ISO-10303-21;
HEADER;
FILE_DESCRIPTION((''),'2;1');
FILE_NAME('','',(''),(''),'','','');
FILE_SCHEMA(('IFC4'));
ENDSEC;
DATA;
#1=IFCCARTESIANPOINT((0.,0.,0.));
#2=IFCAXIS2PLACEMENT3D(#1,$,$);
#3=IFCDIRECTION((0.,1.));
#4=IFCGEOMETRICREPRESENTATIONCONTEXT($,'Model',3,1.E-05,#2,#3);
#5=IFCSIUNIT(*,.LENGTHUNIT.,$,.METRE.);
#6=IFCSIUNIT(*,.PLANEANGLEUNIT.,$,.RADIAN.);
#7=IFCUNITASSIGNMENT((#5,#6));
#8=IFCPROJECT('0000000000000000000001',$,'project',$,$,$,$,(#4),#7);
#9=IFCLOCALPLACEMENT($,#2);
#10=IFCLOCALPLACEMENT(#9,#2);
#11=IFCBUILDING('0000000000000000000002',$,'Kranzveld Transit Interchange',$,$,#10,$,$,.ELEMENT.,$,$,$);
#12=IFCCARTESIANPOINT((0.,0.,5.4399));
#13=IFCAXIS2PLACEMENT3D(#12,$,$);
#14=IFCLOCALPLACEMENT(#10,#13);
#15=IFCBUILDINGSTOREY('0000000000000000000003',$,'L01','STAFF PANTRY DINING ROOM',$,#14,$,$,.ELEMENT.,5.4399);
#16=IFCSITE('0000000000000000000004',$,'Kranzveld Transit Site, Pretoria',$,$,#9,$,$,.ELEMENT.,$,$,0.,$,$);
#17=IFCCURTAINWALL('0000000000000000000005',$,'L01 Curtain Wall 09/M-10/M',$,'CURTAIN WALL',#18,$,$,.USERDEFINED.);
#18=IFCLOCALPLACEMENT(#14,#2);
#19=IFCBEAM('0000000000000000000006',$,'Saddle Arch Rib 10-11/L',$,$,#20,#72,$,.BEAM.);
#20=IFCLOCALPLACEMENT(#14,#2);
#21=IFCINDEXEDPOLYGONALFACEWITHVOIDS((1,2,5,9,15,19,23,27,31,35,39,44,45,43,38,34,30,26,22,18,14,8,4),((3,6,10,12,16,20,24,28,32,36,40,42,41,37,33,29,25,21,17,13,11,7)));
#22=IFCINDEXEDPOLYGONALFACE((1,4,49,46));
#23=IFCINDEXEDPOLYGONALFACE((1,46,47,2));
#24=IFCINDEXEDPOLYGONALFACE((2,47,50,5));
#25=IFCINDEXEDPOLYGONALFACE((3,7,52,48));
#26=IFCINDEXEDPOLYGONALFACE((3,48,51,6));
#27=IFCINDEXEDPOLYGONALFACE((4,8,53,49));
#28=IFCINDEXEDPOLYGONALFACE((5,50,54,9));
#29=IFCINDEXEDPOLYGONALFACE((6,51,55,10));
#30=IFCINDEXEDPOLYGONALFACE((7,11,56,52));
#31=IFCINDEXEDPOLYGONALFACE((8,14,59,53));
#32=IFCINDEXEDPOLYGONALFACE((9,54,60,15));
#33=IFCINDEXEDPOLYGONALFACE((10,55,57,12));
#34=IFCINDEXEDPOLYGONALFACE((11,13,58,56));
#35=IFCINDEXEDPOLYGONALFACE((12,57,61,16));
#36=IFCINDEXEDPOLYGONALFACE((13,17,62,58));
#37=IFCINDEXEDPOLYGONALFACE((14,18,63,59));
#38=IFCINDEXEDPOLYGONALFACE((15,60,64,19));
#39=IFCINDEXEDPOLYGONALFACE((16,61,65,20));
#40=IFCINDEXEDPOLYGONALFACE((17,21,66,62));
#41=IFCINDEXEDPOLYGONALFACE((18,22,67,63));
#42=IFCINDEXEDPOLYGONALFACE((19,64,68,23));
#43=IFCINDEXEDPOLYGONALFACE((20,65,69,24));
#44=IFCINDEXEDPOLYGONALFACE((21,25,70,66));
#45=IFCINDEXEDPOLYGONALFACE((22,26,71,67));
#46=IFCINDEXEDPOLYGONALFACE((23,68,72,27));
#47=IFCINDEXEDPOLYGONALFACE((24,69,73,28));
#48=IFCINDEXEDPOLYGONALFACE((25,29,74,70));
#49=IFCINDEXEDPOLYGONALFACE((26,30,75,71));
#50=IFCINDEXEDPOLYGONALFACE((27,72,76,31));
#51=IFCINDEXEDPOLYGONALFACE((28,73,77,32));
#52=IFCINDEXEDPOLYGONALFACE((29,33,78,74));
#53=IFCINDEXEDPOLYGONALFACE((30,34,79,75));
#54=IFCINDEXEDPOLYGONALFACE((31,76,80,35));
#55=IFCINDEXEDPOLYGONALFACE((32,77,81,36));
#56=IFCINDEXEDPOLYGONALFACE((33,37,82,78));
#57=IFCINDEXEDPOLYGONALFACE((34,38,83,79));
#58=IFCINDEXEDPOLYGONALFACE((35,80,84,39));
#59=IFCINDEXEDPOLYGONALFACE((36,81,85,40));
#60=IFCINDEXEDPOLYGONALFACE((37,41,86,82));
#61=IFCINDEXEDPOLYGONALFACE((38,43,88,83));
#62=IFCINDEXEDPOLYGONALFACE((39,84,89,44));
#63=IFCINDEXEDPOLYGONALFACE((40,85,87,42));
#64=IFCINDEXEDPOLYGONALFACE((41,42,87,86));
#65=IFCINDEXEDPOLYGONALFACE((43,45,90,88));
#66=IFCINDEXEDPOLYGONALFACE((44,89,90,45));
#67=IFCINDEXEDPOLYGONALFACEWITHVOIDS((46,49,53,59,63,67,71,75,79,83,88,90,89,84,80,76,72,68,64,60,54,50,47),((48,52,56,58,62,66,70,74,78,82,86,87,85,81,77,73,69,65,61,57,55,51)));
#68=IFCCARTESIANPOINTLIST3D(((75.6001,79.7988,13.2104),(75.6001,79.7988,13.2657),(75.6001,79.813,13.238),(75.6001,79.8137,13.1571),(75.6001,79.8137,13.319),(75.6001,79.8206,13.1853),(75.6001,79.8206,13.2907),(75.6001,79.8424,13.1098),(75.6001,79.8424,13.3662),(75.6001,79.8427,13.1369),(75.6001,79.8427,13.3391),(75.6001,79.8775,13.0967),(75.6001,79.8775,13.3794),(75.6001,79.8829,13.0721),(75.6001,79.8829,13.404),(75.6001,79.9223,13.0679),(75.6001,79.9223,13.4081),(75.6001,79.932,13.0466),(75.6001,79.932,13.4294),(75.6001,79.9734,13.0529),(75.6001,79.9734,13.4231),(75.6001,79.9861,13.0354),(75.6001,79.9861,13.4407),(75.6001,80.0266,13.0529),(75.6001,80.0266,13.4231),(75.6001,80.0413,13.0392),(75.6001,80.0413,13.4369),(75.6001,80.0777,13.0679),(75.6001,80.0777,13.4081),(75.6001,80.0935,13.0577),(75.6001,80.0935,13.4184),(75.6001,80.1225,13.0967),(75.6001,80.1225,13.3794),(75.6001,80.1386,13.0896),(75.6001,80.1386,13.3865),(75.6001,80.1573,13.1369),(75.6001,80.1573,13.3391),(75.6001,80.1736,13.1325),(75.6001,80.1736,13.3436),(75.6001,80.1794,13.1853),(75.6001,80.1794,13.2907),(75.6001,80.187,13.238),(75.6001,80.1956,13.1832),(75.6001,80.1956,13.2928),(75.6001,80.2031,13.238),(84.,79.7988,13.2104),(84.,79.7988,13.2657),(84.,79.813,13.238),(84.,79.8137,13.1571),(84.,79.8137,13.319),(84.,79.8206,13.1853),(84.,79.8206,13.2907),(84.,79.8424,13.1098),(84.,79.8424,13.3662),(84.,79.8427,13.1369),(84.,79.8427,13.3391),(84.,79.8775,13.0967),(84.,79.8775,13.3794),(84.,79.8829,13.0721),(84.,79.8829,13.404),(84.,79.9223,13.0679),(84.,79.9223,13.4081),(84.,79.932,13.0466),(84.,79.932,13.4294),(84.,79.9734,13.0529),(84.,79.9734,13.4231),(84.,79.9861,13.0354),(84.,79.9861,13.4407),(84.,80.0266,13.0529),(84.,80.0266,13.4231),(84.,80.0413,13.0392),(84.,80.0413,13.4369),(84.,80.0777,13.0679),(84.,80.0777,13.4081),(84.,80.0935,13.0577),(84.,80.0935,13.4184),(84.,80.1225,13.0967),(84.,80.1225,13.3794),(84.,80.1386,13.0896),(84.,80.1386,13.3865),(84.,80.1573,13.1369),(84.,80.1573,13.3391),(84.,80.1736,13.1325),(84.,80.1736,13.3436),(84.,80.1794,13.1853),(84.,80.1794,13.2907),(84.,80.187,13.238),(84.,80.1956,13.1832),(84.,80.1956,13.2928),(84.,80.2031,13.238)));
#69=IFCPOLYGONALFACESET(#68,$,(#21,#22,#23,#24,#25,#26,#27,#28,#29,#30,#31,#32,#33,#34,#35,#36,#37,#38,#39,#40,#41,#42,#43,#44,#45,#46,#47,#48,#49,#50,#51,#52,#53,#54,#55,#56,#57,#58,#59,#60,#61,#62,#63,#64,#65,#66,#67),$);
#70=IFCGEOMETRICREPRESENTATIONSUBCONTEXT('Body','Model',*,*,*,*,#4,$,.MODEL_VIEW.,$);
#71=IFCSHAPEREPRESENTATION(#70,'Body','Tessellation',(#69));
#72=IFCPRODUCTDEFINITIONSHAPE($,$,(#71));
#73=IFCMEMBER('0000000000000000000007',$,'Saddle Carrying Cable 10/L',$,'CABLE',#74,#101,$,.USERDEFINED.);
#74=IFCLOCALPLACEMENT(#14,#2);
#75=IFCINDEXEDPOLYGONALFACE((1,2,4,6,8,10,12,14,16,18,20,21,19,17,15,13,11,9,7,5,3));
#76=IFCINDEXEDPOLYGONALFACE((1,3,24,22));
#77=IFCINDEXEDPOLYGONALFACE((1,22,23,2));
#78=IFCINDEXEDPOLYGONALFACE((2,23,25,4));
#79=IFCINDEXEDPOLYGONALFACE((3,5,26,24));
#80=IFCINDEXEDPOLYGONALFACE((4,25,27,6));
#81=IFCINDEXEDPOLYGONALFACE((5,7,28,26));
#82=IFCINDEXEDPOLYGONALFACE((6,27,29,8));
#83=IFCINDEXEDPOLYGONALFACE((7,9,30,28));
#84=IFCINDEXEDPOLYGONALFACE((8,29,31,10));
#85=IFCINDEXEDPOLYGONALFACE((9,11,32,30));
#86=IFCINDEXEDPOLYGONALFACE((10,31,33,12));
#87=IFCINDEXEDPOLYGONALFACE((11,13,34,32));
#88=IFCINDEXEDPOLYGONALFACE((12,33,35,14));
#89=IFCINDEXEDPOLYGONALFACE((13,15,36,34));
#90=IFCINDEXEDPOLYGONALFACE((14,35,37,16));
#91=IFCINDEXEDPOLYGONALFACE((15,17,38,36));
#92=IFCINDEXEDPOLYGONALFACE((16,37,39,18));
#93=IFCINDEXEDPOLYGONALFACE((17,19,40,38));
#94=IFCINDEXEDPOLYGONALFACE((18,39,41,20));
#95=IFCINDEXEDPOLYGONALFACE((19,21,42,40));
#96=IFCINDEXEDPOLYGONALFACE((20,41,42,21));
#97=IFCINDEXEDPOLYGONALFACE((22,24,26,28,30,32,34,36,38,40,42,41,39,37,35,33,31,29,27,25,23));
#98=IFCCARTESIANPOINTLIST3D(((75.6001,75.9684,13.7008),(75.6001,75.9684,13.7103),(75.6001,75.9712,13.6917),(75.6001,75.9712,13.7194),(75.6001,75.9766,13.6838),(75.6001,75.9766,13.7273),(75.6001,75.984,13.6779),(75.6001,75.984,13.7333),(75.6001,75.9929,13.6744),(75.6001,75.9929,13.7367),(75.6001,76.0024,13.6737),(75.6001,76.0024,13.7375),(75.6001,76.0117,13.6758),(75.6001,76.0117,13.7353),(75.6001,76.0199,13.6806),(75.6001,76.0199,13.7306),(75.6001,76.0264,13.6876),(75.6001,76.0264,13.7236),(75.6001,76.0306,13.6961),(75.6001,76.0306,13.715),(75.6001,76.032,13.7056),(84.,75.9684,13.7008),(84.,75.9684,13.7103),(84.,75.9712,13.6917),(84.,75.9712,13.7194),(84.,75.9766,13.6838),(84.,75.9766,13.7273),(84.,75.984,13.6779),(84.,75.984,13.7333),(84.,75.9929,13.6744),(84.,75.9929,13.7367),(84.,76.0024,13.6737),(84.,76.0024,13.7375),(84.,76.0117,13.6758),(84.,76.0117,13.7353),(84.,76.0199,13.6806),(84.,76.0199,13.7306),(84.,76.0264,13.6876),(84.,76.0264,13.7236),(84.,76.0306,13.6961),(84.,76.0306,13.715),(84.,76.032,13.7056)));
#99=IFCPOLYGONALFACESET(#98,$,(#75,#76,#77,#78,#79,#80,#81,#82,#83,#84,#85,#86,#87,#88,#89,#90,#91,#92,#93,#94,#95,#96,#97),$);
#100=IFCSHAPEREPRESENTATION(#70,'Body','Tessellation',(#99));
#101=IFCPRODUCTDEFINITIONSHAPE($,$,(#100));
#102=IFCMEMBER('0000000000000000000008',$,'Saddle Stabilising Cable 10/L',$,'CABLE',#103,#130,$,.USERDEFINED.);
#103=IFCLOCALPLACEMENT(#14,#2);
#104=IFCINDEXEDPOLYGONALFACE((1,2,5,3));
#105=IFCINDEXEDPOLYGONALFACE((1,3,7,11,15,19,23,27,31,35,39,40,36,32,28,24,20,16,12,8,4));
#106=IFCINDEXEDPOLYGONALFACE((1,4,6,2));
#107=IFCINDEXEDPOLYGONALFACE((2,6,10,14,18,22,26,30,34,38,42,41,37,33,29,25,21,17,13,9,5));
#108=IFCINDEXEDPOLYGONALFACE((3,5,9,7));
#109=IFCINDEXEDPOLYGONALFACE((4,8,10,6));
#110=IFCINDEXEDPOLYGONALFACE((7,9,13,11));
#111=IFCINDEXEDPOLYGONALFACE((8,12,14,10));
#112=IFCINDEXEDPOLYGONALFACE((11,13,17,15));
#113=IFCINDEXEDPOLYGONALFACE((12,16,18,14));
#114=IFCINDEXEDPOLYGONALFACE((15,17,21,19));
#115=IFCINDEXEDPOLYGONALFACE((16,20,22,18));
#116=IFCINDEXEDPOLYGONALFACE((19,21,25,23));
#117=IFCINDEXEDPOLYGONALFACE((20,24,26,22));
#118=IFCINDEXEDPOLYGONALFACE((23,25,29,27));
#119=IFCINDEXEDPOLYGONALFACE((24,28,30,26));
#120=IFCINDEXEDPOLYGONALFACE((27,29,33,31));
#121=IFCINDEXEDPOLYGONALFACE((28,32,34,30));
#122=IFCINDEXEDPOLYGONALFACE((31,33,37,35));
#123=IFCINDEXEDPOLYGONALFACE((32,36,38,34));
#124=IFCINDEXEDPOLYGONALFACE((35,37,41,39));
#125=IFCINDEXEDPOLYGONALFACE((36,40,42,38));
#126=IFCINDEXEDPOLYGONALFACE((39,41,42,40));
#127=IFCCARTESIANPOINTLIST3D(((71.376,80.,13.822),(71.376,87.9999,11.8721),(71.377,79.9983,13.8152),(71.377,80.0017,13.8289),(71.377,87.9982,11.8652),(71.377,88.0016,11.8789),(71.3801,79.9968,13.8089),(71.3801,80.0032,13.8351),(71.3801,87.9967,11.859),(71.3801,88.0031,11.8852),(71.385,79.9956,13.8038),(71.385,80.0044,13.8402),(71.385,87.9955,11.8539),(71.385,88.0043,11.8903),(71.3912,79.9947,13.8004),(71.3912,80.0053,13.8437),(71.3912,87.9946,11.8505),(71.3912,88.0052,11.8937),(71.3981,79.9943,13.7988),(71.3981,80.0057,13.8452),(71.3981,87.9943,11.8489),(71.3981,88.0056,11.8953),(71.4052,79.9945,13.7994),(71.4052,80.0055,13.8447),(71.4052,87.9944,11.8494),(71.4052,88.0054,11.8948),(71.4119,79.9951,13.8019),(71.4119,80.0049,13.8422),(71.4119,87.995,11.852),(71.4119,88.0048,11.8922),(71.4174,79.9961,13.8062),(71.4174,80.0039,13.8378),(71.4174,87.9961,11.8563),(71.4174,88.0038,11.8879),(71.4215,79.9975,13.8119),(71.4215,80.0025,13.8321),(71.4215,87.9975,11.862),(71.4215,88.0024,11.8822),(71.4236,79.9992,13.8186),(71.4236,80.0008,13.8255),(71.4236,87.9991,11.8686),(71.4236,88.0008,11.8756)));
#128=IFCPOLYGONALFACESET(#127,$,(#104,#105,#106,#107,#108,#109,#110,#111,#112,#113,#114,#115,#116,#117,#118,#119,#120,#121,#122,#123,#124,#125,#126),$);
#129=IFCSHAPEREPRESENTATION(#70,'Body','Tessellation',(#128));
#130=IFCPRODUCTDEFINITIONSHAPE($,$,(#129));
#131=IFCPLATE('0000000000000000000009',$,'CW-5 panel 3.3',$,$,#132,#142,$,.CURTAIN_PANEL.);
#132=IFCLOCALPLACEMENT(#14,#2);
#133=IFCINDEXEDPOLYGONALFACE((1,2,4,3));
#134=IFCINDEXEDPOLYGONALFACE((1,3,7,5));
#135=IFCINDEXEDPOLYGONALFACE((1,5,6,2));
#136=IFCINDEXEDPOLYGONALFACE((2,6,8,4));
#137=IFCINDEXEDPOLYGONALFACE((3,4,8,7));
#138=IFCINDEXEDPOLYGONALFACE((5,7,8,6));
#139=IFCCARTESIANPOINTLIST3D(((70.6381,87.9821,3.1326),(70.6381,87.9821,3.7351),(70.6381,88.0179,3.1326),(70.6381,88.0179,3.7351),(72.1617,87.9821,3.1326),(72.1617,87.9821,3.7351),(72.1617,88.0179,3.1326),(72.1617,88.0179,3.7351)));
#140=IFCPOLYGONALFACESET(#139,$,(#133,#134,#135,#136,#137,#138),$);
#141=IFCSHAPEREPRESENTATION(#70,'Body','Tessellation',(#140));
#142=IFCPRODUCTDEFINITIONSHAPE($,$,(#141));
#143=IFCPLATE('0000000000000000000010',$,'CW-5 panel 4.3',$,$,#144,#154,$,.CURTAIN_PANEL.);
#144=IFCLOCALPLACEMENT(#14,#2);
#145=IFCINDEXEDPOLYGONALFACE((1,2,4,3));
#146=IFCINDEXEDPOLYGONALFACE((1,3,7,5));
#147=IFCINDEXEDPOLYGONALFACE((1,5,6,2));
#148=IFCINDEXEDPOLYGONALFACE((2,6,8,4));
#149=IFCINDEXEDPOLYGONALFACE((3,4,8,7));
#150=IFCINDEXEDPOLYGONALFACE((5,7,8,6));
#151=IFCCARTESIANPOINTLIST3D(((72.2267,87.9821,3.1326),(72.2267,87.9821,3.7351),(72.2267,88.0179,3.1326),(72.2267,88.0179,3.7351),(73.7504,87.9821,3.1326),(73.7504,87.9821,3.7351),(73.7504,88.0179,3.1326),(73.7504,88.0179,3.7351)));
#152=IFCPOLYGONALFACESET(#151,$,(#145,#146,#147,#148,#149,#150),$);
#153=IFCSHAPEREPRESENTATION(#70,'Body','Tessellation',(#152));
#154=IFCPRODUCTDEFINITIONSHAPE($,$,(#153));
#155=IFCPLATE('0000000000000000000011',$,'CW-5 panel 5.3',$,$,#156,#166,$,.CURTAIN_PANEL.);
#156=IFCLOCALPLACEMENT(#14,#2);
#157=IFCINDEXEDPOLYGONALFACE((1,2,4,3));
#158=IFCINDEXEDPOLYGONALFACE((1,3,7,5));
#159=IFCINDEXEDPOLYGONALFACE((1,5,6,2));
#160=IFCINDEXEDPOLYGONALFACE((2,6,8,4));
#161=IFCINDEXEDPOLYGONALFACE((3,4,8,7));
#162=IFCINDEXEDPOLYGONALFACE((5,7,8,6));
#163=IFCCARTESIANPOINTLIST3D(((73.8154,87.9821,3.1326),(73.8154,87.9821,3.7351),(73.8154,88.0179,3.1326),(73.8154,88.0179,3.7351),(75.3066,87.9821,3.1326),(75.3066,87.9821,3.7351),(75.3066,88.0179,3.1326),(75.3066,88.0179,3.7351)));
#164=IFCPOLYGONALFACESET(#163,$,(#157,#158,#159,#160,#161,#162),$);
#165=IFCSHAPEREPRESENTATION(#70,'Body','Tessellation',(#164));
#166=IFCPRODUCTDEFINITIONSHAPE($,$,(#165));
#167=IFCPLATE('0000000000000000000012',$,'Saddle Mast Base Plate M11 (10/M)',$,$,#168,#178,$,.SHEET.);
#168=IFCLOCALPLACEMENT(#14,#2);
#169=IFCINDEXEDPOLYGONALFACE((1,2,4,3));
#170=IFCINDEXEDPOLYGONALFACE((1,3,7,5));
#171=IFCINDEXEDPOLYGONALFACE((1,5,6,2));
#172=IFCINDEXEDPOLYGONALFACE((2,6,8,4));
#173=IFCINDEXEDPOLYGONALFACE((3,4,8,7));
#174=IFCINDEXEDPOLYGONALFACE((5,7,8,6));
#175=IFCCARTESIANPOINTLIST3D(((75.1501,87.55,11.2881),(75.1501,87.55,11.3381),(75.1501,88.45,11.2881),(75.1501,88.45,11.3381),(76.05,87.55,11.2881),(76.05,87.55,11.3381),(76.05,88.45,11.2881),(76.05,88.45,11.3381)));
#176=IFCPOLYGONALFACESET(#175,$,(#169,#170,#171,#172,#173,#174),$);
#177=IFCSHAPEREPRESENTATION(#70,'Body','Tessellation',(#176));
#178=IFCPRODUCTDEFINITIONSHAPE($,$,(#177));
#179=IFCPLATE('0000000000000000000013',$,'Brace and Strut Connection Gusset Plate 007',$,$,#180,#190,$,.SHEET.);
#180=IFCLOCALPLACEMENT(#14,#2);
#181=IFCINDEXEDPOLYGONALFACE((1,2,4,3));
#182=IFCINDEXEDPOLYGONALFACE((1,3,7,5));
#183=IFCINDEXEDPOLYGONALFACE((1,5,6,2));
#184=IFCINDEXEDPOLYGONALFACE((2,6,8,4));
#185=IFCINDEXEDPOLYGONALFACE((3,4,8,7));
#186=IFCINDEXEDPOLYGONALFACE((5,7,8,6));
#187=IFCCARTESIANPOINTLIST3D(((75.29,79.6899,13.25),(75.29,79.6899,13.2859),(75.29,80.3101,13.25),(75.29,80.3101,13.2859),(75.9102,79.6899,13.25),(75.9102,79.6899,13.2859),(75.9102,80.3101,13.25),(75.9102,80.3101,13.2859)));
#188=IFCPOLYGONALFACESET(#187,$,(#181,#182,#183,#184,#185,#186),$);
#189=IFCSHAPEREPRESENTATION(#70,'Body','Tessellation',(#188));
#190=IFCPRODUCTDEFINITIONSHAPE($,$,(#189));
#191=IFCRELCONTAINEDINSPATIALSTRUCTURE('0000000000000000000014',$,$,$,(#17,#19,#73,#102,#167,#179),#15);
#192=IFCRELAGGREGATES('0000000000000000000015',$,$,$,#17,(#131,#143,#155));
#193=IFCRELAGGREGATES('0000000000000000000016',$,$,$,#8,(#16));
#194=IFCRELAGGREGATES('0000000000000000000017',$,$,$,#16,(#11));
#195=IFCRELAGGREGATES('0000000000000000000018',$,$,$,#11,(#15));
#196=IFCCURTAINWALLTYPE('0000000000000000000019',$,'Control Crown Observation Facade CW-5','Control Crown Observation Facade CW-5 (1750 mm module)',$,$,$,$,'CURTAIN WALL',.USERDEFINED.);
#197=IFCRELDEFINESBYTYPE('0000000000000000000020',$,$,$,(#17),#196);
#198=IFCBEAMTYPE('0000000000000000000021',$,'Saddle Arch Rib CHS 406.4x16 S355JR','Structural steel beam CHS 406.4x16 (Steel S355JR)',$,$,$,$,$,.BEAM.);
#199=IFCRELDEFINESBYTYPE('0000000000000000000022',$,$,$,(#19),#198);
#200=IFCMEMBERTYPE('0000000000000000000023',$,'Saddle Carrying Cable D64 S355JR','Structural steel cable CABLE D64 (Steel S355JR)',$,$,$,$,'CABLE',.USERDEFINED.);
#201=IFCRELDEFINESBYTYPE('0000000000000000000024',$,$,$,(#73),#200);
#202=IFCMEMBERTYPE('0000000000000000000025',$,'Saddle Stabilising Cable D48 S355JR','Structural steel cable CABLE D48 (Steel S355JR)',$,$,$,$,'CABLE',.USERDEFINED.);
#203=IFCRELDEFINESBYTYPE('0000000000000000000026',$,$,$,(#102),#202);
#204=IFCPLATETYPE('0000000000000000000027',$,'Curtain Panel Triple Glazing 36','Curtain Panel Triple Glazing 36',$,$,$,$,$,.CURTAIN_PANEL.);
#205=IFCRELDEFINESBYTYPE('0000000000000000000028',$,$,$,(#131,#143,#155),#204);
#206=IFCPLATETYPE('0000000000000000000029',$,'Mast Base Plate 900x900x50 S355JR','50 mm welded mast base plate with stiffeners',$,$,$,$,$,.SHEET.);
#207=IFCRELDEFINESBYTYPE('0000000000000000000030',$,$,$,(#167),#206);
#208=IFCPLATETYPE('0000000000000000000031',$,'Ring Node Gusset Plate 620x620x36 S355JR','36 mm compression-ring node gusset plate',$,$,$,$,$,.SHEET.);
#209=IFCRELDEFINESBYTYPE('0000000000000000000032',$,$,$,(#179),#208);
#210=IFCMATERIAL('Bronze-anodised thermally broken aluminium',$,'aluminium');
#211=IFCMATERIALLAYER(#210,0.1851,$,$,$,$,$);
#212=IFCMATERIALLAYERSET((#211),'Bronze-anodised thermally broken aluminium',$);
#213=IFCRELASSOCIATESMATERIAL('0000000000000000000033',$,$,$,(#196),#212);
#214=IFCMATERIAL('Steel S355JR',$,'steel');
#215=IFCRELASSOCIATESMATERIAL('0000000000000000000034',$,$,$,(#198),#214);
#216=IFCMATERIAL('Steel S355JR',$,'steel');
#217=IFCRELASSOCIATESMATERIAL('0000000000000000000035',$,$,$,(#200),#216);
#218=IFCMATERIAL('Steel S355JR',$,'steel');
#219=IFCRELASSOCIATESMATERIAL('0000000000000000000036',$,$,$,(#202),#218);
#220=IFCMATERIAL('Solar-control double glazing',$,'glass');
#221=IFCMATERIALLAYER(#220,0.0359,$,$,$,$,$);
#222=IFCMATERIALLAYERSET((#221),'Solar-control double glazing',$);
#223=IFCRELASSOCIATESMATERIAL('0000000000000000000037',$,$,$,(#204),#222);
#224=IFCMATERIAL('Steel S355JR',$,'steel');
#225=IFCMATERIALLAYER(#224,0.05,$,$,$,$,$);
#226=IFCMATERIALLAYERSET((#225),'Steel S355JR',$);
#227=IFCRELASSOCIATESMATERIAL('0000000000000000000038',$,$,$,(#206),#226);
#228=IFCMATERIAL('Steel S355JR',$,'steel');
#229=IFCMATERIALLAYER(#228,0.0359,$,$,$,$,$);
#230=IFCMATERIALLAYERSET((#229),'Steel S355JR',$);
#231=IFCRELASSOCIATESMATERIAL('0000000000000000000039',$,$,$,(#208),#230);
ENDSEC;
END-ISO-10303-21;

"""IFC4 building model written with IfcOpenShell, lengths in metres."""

from ifc_helpers import new_model, si_unit, direction, frame, origin, origin_2d, place, context, subcontext, project, spatial, rectangle, circle, hollow_circle, extrude, material, layer, layer_set, material_profile, profile_set, type_object, element, aggregate, save


model = new_model("IFC4")

# Units and contexts
model_context = context("Model", 3, precision=1e-05, world=origin(), true_north=direction((0.0, 1.0)))
body_context = subcontext(model_context, "Body", "Model", "MODEL_VIEW")
ifc_project = project(units=[si_unit("LENGTHUNIT", "METRE"), si_unit("PLANEANGLEUNIT", "RADIAN")], contexts=[model_context])

# Site, building, storey
site_placement = place(None, origin())
site = spatial("IfcSite", under=ifc_project, at=site_placement, Name="Kranzveld Transit Site, Pretoria", CompositionType="ELEMENT", RefElevation=0.0)
building_placement = place(site_placement, origin())
building = spatial("IfcBuilding", under=site, at=building_placement, Name="Kranzveld Transit Interchange", CompositionType="ELEMENT")
storey_placement = place(building_placement, frame((0.0, 0.0, 5.4399)))
storey = spatial("IfcBuildingStorey", under=building, at=storey_placement, Name="L01", Description="STAFF PANTRY DINING ROOM", CompositionType="ELEMENT", Elevation=5.4399)

# Curtain wall
ifc_material_1 = material(Name="Bronze-anodised thermally broken aluminium", Category="aluminium")
ifc_layer_1 = layer(ifc_material_1, 0.1851)
ifc_layer_set_1 = layer_set([ifc_layer_1], Name="Bronze-anodised thermally broken aluminium")
curtain_wall_type = type_object("IfcCurtainWallType", Name="Control Crown Observation Facade CW-5", Description="Control Crown Observation Facade CW-5 (1750 mm module)", ElementType="CURTAIN WALL", PredefinedType="USERDEFINED", material=ifc_layer_set_1)
curtain_wall_placement = place(storey_placement, origin())
curtain_wall = element("IfcCurtainWall", 1, at=curtain_wall_placement, inside=storey, type_object=curtain_wall_type, Name="L01 Curtain Wall 09/M-10/M", ObjectType="CURTAIN WALL", PredefinedType="USERDEFINED")

# Beam
ifc_material_2 = material(Name="Steel S355JR", Category="steel")
ifc_material_profile_1 = material_profile(ifc_material_2, hollow_circle(Radius=0.2031, WallThickness=0.0161, at=origin_2d()), Name="CHS 406.4x16")
ifc_profile_set_1 = profile_set([ifc_material_profile_1], Name="Steel S355JR")
beam_type_1 = type_object("IfcBeamType", Name="Saddle Arch Rib CHS 406.4x16 S355JR", Description="Structural steel beam CHS 406.4x16 (Steel S355JR)", PredefinedType="BEAM", material=ifc_profile_set_1)
beam_1_placement = place(storey_placement, frame((75.6001, 80.0, 13.238), z_axis=(1.0, 0.0, 0.0), x_axis=(0.0, 1.0, 0.0)))
element("IfcBeam", 2, at=beam_1_placement, inside=storey, type_object=beam_type_1, Name="Saddle Arch Rib 10-11/L", PredefinedType="BEAM", context=body_context, shape_type="SweptSolid", body=[
    extrude(hollow_circle(Radius=0.2031, WallThickness=0.0161, at=origin_2d()), origin(), (0.0, 0.0, 1.0), 8.3999),
])

# Members
ifc_material_3 = material(Name="Steel S355JR", Category="steel")
ifc_material_profile_2 = material_profile(ifc_material_3, circle(Radius=0.032, at=origin_2d()), Name="CABLE D64")
ifc_profile_set_2 = profile_set([ifc_material_profile_2], Name="Steel S355JR")
member_type_1 = type_object("IfcMemberType", Name="Saddle Carrying Cable D64 S355JR", Description="Structural steel cable CABLE D64 (Steel S355JR)", ElementType="CABLE", PredefinedType="USERDEFINED", material=ifc_profile_set_2)
member_1_placement = place(storey_placement, frame((75.6001, 76.0, 13.7056), z_axis=(1.0, 0.0, 0.0), x_axis=(0.0, 1.0, 0.0)))
element("IfcMember", 3, at=member_1_placement, inside=storey, type_object=member_type_1, Name="Saddle Carrying Cable 10/L", ObjectType="CABLE", PredefinedType="USERDEFINED", context=body_context, shape_type="SweptSolid", body=[
    extrude(circle(Radius=0.032, at=origin_2d()), origin(), (0.0, 0.0, 1.0), 8.3999),
])
ifc_material_4 = material(Name="Steel S355JR", Category="steel")
ifc_material_profile_3 = material_profile(ifc_material_4, circle(Radius=0.0239, at=origin_2d()), Name="CABLE D48")
ifc_profile_set_3 = profile_set([ifc_material_profile_3], Name="Steel S355JR")
member_type_2 = type_object("IfcMemberType", Name="Saddle Stabilising Cable D48 S355JR", Description="Structural steel cable CABLE D48 (Steel S355JR)", ElementType="CABLE", PredefinedType="USERDEFINED", material=ifc_profile_set_3)
member_2_placement = place(storey_placement, frame((71.3999, 80.0, 13.822), z_axis=(0.0, 0.971556, -0.236811), x_axis=(-1.0, 0.0, 0.0)))
element("IfcMember", 4, at=member_2_placement, inside=storey, type_object=member_type_2, Name="Saddle Stabilising Cable 10/L", ObjectType="CABLE", PredefinedType="USERDEFINED", context=body_context, shape_type="SweptSolid", body=[
    extrude(circle(Radius=0.0239, at=origin_2d()), origin(), (0.0, 0.0, 1.0), 8.2341),
])

# Plates
ifc_material_5 = material(Name="Solar-control double glazing", Category="glass")
ifc_layer_2 = layer(ifc_material_5, 0.0359)
ifc_layer_set_2 = layer_set([ifc_layer_2], Name="Solar-control double glazing")
plate_type_1 = type_object("IfcPlateType", Name="Curtain Panel Triple Glazing 36", Description="Curtain Panel Triple Glazing 36", PredefinedType="CURTAIN_PANEL", material=ifc_layer_set_2)
plate_1_placement = place(storey_placement, frame((71.3999, 88.0, 3.1326), z_axis=(0.0, 0.0, 1.0), x_axis=(1.0, 0.0, 0.0)))
plate_1 = element("IfcPlate", 5, at=plate_1_placement, type_object=plate_type_1, Name="CW-5 panel 3.3", PredefinedType="CURTAIN_PANEL", context=body_context, shape_type="SweptSolid", body=[
    extrude(rectangle(XDim=1.5237, YDim=0.0359, at=origin_2d()), origin(), (0.0, 0.0, 1.0), 0.6025),
])
plate_2_placement = place(storey_placement, frame((72.9885, 88.0, 3.1326), z_axis=(0.0, 0.0, 1.0), x_axis=(1.0, 0.0, 0.0)))
plate_2 = element("IfcPlate", 6, at=plate_2_placement, type_object=plate_type_1, Name="CW-5 panel 4.3", PredefinedType="CURTAIN_PANEL", context=body_context, shape_type="SweptSolid", body=[
    extrude(rectangle(XDim=1.5237, YDim=0.0359, at=origin_2d()), origin(), (0.0, 0.0, 1.0), 0.6025),
])
plate_3_placement = place(storey_placement, frame((74.561, 88.0, 3.1326), z_axis=(0.0, 0.0, 1.0), x_axis=(1.0, 0.0, 0.0)))
plate_3 = element("IfcPlate", 7, at=plate_3_placement, type_object=plate_type_1, Name="CW-5 panel 5.3", PredefinedType="CURTAIN_PANEL", context=body_context, shape_type="SweptSolid", body=[
    extrude(rectangle(XDim=1.4912, YDim=0.0359, at=origin_2d()), origin(), (0.0, 0.0, 1.0), 0.6025),
])
aggregate(curtain_wall, [plate_1, plate_2, plate_3])

# Plates
ifc_material_6 = material(Name="Steel S355JR", Category="steel")
ifc_layer_3 = layer(ifc_material_6, 0.05)
ifc_layer_set_3 = layer_set([ifc_layer_3], Name="Steel S355JR")
plate_type_2 = type_object("IfcPlateType", Name="Mast Base Plate 900x900x50 S355JR", Description="50 mm welded mast base plate with stiffeners", PredefinedType="SHEET", material=ifc_layer_set_3)
plate_4_placement = place(storey_placement, frame((75.6001, 88.0, 11.2881), z_axis=(0.0, 0.0, 1.0), x_axis=(1.0, 0.0, 0.0)))
element("IfcPlate", 8, at=plate_4_placement, inside=storey, type_object=plate_type_2, Name="Saddle Mast Base Plate M11 (10/M)", PredefinedType="SHEET", context=body_context, shape_type="SweptSolid", body=[
    extrude(rectangle(XDim=0.8999, YDim=0.8999, at=origin_2d()), origin(), (0.0, 0.0, 1.0), 0.05),
])
ifc_material_7 = material(Name="Steel S355JR", Category="steel")
ifc_layer_4 = layer(ifc_material_7, 0.0359)
ifc_layer_set_4 = layer_set([ifc_layer_4], Name="Steel S355JR")
plate_type_3 = type_object("IfcPlateType", Name="Ring Node Gusset Plate 620x620x36 S355JR", Description="36 mm compression-ring node gusset plate", PredefinedType="SHEET", material=ifc_layer_set_4)
plate_5_placement = place(storey_placement, frame((75.6001, 80.0, 13.25), z_axis=(0.0, 0.0, 1.0), x_axis=(1.0, 0.0, 0.0)))
element("IfcPlate", 9, at=plate_5_placement, inside=storey, type_object=plate_type_3, Name="Brace and Strut Connection Gusset Plate 007", PredefinedType="SHEET", context=body_context, shape_type="SweptSolid", body=[
    extrude(rectangle(XDim=0.6201, YDim=0.6201, at=origin_2d()), origin(), (0.0, 0.0, 1.0), 0.0359),
])

save(model, "model.ifc")
